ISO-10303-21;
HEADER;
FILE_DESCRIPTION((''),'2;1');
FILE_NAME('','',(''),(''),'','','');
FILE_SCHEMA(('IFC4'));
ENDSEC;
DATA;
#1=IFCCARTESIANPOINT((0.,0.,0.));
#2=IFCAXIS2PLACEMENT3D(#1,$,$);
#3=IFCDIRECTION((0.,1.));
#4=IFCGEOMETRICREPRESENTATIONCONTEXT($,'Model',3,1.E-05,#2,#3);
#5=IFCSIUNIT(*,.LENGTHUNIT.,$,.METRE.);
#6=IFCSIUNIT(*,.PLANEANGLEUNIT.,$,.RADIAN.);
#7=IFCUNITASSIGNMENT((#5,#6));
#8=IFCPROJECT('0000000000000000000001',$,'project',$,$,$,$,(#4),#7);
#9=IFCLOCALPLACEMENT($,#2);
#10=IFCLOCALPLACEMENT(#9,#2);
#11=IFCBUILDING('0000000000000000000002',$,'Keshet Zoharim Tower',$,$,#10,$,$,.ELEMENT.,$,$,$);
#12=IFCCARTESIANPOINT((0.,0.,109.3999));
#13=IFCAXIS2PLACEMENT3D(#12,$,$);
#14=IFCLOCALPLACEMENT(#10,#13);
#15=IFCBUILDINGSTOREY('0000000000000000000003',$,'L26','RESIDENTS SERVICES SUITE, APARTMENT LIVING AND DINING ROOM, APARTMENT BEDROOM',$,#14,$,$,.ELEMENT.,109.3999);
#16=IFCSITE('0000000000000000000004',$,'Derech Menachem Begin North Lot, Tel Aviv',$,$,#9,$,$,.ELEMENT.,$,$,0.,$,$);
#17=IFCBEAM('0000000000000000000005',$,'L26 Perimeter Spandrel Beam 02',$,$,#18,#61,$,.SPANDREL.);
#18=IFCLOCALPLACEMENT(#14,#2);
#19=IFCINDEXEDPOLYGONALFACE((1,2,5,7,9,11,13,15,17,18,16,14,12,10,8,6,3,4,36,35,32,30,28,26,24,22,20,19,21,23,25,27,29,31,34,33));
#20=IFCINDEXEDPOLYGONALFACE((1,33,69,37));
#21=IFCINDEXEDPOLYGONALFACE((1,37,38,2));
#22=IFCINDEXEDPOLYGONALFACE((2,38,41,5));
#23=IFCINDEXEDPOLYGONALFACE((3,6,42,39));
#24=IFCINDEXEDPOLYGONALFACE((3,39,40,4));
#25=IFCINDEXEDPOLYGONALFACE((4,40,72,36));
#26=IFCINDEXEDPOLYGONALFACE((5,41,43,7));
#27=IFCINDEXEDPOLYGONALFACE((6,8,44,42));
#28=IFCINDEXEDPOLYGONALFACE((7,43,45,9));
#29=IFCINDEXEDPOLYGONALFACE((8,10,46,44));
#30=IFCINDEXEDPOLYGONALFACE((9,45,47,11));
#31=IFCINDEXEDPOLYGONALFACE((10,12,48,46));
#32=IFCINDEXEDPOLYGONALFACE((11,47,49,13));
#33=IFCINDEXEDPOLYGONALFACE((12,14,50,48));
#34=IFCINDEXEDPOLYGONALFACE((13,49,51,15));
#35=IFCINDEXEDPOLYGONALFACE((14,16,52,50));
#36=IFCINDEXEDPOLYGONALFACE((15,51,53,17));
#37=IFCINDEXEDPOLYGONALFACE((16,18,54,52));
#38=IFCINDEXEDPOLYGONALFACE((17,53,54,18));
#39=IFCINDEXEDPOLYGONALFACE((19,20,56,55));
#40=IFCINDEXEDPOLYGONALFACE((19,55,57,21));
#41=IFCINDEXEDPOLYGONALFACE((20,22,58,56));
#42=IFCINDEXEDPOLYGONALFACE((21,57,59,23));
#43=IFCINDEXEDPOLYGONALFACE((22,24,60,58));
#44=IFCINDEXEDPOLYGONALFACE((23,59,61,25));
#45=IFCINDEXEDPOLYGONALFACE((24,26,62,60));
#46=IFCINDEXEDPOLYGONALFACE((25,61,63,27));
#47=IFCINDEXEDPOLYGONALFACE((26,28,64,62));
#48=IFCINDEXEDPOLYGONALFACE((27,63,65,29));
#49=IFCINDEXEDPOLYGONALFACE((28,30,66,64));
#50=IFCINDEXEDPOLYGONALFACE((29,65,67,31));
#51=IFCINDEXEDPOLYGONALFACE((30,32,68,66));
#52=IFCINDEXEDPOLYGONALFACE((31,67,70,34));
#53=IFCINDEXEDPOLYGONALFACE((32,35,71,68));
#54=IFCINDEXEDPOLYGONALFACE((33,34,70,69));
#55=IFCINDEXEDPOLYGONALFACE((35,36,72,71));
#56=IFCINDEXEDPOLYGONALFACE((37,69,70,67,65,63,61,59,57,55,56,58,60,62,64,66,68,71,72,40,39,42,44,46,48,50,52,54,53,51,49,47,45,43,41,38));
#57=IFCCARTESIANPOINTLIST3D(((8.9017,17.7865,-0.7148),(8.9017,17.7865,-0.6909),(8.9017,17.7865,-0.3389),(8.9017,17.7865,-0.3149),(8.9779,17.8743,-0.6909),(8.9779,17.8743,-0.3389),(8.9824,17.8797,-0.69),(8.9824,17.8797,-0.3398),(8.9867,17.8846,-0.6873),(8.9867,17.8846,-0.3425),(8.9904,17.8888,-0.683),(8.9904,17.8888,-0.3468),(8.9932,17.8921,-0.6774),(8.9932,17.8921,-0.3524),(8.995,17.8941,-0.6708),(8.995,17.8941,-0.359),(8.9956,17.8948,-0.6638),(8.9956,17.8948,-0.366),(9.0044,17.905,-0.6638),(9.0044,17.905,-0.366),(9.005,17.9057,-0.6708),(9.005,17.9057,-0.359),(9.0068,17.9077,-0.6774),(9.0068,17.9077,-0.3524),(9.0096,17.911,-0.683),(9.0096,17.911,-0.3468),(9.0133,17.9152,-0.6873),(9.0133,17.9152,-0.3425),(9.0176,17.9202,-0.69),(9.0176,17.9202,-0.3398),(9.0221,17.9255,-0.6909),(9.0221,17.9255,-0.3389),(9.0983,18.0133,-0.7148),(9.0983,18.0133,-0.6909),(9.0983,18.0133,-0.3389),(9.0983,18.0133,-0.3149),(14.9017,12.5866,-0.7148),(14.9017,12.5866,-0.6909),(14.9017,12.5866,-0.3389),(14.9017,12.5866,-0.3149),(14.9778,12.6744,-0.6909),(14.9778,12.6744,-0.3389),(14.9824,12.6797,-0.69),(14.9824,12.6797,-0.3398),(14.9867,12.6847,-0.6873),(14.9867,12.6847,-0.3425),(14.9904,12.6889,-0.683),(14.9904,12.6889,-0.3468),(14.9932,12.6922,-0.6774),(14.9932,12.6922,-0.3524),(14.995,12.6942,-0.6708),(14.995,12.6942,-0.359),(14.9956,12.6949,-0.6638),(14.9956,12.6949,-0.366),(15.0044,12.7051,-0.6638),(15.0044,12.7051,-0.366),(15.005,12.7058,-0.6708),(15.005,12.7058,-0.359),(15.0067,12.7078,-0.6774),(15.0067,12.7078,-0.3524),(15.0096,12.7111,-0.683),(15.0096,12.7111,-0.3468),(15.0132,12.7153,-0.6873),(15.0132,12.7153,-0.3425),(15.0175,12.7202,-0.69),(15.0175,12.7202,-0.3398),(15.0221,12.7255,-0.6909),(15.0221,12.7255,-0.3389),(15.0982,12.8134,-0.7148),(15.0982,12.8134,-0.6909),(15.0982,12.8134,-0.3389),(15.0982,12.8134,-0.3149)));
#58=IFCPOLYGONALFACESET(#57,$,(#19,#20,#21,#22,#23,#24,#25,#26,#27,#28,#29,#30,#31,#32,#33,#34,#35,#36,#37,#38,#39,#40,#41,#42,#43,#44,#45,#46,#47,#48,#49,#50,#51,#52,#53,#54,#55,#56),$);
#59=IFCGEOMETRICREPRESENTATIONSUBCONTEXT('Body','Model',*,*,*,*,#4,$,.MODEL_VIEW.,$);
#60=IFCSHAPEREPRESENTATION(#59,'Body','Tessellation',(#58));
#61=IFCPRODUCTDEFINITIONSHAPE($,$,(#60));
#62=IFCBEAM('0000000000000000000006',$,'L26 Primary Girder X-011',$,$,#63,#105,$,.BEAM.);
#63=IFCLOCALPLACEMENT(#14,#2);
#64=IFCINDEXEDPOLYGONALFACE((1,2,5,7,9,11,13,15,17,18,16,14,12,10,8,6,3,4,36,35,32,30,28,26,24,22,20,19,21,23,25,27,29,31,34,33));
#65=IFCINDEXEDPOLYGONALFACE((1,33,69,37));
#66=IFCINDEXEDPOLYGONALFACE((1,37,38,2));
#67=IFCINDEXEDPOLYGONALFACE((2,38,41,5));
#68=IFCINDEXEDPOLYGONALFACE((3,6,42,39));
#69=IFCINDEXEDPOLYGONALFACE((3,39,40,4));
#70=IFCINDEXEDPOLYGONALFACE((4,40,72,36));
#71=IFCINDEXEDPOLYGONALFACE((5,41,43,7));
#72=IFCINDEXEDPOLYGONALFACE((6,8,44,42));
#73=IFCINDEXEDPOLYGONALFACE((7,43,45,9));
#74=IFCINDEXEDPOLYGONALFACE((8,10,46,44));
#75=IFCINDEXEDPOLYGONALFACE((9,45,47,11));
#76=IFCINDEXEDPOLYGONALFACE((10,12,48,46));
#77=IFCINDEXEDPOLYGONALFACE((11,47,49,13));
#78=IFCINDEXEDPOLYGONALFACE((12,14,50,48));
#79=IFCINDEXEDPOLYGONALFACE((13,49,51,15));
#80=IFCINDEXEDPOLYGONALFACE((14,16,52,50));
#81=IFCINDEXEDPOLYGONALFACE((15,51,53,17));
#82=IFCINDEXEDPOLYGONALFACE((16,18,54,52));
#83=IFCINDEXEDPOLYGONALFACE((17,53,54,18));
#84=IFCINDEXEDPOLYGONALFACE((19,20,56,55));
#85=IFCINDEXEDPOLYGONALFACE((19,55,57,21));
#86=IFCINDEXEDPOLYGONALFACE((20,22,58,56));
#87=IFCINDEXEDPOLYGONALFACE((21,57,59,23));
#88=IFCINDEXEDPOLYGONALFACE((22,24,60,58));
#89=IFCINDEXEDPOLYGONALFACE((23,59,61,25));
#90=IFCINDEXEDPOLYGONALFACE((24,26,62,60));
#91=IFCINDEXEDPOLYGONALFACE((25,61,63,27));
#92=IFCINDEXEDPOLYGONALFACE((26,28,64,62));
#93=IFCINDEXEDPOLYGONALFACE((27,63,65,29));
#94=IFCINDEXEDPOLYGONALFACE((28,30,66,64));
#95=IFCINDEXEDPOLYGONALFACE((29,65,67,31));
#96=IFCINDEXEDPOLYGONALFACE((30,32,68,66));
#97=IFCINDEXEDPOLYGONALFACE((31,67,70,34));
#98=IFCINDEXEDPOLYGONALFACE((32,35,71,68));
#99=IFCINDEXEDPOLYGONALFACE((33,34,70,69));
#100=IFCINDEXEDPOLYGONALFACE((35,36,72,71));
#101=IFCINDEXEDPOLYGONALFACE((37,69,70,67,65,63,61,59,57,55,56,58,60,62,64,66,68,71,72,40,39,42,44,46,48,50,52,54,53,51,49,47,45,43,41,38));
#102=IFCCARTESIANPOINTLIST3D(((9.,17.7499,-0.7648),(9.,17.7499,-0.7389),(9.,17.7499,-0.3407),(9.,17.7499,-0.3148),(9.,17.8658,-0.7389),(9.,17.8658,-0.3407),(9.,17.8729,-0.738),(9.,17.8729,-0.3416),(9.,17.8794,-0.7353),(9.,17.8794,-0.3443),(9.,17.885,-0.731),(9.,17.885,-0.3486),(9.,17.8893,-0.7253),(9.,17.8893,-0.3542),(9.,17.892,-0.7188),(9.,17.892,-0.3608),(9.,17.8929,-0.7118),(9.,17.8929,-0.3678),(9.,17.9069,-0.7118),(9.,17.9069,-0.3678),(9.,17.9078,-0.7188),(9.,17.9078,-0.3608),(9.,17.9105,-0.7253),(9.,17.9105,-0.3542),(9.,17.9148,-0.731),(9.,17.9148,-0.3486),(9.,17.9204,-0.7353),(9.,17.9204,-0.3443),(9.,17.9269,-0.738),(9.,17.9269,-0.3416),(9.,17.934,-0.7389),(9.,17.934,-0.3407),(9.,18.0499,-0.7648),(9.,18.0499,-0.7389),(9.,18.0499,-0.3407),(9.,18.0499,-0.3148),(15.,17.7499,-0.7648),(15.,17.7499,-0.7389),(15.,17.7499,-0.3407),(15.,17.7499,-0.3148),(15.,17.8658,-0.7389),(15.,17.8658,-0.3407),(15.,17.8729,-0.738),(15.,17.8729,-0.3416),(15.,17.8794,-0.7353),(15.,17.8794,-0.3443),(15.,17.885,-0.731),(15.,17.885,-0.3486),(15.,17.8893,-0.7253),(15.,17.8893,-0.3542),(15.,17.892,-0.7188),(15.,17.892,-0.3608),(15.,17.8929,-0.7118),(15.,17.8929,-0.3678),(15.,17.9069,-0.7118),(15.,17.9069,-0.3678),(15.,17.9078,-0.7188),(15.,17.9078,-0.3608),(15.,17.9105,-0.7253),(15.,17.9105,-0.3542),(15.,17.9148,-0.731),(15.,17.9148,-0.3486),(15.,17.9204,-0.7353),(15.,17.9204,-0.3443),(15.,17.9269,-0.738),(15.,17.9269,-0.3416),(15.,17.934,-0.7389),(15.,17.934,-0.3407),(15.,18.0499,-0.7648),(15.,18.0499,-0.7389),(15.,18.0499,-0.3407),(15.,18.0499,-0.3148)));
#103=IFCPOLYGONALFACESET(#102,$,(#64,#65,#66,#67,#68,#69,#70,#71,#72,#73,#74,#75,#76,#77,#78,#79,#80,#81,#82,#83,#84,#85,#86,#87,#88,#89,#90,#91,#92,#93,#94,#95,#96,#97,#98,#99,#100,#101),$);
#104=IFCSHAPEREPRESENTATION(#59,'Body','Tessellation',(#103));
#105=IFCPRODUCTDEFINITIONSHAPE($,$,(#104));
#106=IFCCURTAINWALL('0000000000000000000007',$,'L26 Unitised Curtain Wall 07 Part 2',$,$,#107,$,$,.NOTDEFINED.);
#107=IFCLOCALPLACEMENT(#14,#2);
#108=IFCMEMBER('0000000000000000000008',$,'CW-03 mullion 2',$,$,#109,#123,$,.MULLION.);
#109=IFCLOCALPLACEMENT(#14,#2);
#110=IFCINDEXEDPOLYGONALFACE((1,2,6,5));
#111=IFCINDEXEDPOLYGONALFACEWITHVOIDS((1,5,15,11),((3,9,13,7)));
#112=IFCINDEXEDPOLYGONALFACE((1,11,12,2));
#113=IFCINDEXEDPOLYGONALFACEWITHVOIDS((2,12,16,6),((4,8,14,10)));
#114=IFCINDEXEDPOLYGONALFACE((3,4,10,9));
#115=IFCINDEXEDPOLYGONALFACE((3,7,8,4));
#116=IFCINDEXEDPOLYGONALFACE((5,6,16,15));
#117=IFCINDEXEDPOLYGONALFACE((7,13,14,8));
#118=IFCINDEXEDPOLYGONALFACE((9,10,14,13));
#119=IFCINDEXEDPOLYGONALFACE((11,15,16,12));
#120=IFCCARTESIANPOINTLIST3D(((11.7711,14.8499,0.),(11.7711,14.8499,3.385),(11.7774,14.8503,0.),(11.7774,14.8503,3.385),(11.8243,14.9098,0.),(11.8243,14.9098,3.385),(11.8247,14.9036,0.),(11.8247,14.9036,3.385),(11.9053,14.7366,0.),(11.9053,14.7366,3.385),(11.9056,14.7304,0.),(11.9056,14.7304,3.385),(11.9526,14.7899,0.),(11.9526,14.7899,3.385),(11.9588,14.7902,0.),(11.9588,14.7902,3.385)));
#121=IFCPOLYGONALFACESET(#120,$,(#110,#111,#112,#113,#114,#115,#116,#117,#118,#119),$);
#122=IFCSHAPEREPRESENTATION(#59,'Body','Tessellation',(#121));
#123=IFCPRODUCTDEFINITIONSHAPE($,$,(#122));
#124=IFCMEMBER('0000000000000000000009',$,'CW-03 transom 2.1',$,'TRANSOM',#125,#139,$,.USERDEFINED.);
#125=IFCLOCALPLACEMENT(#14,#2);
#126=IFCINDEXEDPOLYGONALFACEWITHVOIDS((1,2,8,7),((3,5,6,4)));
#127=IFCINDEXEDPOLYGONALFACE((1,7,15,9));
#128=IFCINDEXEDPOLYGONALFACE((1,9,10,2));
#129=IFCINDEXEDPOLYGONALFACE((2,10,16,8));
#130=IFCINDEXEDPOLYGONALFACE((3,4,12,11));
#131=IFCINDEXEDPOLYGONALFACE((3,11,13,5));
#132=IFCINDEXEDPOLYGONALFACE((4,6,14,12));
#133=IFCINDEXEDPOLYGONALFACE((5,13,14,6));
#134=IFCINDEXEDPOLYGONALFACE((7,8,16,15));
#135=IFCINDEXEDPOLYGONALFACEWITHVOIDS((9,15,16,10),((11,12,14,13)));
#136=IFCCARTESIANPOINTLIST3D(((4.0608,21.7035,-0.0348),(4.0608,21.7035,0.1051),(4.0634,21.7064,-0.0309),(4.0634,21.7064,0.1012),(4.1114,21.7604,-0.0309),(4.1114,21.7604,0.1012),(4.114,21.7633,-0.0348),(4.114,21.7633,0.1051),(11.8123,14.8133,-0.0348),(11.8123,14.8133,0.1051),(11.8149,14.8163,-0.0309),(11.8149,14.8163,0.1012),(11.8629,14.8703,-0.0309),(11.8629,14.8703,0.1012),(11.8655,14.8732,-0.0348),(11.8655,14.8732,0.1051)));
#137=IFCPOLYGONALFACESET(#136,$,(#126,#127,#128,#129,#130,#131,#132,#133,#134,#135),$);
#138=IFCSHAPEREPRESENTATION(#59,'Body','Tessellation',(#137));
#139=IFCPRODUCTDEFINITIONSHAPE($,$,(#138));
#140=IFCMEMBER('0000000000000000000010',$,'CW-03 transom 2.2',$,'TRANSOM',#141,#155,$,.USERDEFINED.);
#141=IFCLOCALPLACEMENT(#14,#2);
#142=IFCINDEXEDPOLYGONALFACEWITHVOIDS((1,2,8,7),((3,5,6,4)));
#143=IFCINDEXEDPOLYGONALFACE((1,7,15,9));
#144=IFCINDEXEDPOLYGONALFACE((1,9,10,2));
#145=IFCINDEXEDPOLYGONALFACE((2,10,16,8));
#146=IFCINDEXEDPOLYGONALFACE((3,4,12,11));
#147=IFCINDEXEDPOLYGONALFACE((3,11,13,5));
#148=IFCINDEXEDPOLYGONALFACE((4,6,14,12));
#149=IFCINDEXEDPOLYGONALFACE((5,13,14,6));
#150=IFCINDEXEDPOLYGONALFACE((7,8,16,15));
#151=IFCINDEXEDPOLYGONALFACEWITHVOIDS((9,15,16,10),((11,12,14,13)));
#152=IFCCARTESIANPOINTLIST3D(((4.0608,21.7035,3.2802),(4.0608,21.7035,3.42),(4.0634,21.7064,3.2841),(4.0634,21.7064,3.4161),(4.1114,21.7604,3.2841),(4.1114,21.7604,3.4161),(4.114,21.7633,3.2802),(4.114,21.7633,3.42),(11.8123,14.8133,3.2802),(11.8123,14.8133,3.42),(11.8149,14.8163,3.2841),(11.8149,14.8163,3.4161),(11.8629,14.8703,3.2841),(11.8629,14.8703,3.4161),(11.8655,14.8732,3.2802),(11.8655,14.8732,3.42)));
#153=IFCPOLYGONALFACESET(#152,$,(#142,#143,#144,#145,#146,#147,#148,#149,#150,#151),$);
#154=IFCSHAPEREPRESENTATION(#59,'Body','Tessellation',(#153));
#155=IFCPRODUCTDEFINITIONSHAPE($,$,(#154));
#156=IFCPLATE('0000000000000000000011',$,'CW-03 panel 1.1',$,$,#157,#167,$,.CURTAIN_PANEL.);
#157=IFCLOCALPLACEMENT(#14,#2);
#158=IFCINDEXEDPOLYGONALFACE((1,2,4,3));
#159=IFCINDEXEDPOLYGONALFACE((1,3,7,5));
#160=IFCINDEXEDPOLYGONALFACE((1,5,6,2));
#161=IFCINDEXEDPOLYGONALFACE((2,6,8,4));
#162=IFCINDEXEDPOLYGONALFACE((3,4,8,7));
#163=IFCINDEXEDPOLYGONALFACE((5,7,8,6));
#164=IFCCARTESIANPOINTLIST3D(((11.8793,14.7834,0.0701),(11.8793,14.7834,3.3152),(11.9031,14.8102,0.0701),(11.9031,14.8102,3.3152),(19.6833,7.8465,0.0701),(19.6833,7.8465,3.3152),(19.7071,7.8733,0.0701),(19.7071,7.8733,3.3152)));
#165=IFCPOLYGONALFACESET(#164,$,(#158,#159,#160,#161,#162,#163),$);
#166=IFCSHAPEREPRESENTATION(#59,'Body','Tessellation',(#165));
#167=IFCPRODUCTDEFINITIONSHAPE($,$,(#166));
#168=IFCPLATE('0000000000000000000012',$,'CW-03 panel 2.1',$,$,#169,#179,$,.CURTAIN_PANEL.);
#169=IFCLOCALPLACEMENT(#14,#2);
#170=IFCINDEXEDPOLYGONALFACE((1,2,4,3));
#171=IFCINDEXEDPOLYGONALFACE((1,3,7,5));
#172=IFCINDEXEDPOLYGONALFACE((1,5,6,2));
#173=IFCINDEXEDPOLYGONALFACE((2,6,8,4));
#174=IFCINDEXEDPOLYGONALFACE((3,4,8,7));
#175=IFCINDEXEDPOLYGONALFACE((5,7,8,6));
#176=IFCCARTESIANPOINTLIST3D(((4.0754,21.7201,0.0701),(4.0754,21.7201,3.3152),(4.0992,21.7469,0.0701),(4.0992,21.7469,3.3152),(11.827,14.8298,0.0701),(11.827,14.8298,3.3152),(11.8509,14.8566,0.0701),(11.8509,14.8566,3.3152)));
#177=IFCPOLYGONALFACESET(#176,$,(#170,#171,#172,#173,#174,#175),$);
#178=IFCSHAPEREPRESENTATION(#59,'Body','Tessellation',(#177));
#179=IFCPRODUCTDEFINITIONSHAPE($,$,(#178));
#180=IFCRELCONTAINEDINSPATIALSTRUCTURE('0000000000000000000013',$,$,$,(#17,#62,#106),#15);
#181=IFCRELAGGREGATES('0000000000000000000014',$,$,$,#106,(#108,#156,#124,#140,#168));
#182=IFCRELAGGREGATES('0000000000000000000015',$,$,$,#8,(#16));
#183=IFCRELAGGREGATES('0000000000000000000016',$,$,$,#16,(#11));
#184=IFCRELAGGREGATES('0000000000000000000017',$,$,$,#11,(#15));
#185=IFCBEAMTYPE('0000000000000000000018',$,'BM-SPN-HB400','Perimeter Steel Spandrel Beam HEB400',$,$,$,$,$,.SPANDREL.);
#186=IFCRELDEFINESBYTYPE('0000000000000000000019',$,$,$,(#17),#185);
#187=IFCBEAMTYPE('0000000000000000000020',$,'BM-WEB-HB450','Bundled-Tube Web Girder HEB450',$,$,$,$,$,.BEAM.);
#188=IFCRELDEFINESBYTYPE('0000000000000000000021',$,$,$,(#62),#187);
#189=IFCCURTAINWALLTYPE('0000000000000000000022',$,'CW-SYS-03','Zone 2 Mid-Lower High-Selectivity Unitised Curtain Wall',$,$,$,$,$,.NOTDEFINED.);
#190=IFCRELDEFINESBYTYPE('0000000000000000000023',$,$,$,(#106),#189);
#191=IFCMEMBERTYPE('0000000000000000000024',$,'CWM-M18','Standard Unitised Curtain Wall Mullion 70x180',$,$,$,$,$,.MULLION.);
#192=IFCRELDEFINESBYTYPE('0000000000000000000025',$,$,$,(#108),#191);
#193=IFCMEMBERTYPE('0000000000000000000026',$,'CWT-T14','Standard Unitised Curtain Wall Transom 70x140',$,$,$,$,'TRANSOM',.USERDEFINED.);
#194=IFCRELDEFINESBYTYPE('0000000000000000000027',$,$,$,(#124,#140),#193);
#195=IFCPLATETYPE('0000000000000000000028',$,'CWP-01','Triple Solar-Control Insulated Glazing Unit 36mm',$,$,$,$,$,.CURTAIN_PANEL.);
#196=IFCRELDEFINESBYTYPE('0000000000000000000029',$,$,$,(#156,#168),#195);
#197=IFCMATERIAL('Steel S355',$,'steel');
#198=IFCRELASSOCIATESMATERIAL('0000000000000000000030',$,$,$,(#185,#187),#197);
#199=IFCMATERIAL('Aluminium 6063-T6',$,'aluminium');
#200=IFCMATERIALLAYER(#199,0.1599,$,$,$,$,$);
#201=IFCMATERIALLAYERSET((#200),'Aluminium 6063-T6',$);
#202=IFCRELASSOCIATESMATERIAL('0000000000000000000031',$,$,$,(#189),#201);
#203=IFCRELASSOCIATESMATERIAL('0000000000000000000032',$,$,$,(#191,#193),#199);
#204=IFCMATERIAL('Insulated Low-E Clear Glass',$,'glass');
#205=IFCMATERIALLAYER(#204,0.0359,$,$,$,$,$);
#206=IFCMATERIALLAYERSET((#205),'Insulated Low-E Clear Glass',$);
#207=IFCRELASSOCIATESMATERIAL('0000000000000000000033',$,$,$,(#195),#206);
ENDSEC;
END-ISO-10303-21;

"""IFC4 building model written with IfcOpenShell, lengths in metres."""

from ifc_helpers import new_model, si_unit, direction, frame, origin, origin_2d, place, context, subcontext, project, spatial, rectangle, hollow_rectangle, i_section, extrude, material, layer, layer_set, material_profile, profile_set, type_object, element, aggregate, save


model = new_model("IFC4")

# Units and contexts
model_context = context("Model", 3, precision=1e-05, world=origin(), true_north=direction((0.0, 1.0)))
body_context = subcontext(model_context, "Body", "Model", "MODEL_VIEW")
ifc_project = project(units=[si_unit("LENGTHUNIT", "METRE"), si_unit("PLANEANGLEUNIT", "RADIAN")], contexts=[model_context])

# Site, building, storey
site_placement = place(None, origin())
site = spatial("IfcSite", under=ifc_project, at=site_placement, Name="Derech Menachem Begin North Lot, Tel Aviv", CompositionType="ELEMENT", RefElevation=0.0)
building_placement = place(site_placement, origin())
building = spatial("IfcBuilding", under=site, at=building_placement, Name="Keshet Zoharim Tower", CompositionType="ELEMENT")
storey_placement = place(building_placement, frame((0.0, 0.0, 109.3999)))
storey = spatial("IfcBuildingStorey", under=building, at=storey_placement, Name="L26", Description="RESIDENTS SERVICES SUITE, APARTMENT LIVING AND DINING ROOM, APARTMENT BEDROOM", CompositionType="ELEMENT", Elevation=109.3999)

# Shared definitions
ifc_material_1 = material(Name="Steel S355", Category="steel")

# Beams
ifc_material_profile_1 = material_profile(ifc_material_1, i_section(OverallWidth=0.3, OverallDepth=0.3999, WebThickness=0.0134, FlangeThickness=0.0239, FilletRadius=0.0271, at=origin_2d()), Name="HEB400")
ifc_profile_set_1 = profile_set([ifc_material_profile_1], Name="Steel S355")
beam_type_1 = type_object("IfcBeamType", Name="BM-SPN-HB400", Description="Perimeter Steel Spandrel Beam HEB400", PredefinedType="SPANDREL", material=ifc_profile_set_1)
beam_1_placement = place(storey_placement, frame((9.0, 17.8999, -0.5149), z_axis=(0.755692, -0.654927, 0.0), x_axis=(0.654927, 0.755692, 0.0)))
element("IfcBeam", 1, at=beam_1_placement, inside=storey, type_object=beam_type_1, Name="L26 Perimeter Spandrel Beam 02", PredefinedType="SPANDREL", context=body_context, shape_type="SweptSolid", body=[
    extrude(i_section(OverallWidth=0.3, OverallDepth=0.3999, WebThickness=0.0134, FlangeThickness=0.0239, FilletRadius=0.0271, at=origin_2d()), origin(), (0.0, 0.0, 1.0), 7.9397),
])
ifc_material_profile_2 = material_profile(ifc_material_1, i_section(OverallWidth=0.3, OverallDepth=0.45, WebThickness=0.0139, FlangeThickness=0.0259, FilletRadius=0.0271, at=origin_2d()), Name="HEB450")
ifc_profile_set_2 = profile_set([ifc_material_profile_2], Name="Steel S355")
beam_type_2 = type_object("IfcBeamType", Name="BM-WEB-HB450", Description="Bundled-Tube Web Girder HEB450", PredefinedType="BEAM", material=ifc_profile_set_2)
beam_2_placement = place(storey_placement, frame((9.0, 17.8999, -0.5398), z_axis=(1.0, 0.0, 0.0), x_axis=(0.0, 1.0, 0.0)))
element("IfcBeam", 2, at=beam_2_placement, inside=storey, type_object=beam_type_2, Name="L26 Primary Girder X-011", PredefinedType="BEAM", context=body_context, shape_type="SweptSolid", body=[
    extrude(i_section(OverallWidth=0.3, OverallDepth=0.45, WebThickness=0.0139, FlangeThickness=0.0259, FilletRadius=0.0271, at=origin_2d()), origin(), (0.0, 0.0, 1.0), 6.0),
])

# Curtain wall, members, plates
ifc_material_2 = material(Name="Aluminium 6063-T6", Category="aluminium")
ifc_layer_1 = layer(ifc_material_2, 0.1599)
ifc_layer_set_1 = layer_set([ifc_layer_1], Name="Aluminium 6063-T6")
curtain_wall_type = type_object("IfcCurtainWallType", Name="CW-SYS-03", Description="Zone 2 Mid-Lower High-Selectivity Unitised Curtain Wall", PredefinedType="NOTDEFINED", material=ifc_layer_set_1)
curtain_wall_placement = place(storey_placement, origin())
curtain_wall = element("IfcCurtainWall", 3, at=curtain_wall_placement, inside=storey, type_object=curtain_wall_type, Name="L26 Unitised Curtain Wall 07 Part 2", PredefinedType="NOTDEFINED")
ifc_material_profile_3 = material_profile(ifc_material_2, hollow_rectangle(XDim=0.0801, YDim=0.1799, WallThickness=0.0044, at=origin_2d()), Name="MUL-80x180")
ifc_profile_set_3 = profile_set([ifc_material_profile_3], Name="Aluminium 6063-T6")
member_type_1 = type_object("IfcMemberType", Name="CWM-M18", Description="Standard Unitised Curtain Wall Mullion 70x180", PredefinedType="MULLION", material=ifc_profile_set_3)
member_1_placement = place(storey_placement, frame((11.865, 14.8201, 0.0), z_axis=(0.0, 0.0, 1.0), x_axis=(-0.664362, -0.747411, 0.0)))
member_1 = element("IfcMember", 4, at=member_1_placement, type_object=member_type_1, Name="CW-03 mullion 2", PredefinedType="MULLION", context=body_context, shape_type="SweptSolid", body=[
    extrude(hollow_rectangle(XDim=0.0801, YDim=0.1799, WallThickness=0.0044, at=origin_2d()), origin(), (0.0, 0.0, 1.0), 3.385),
])
ifc_material_profile_4 = material_profile(ifc_material_2, hollow_rectangle(XDim=0.0801, YDim=0.1399, WallThickness=0.0039, at=origin_2d()), Name="TRN-80x140")
ifc_profile_set_4 = profile_set([ifc_material_profile_4], Name="Aluminium 6063-T6")
member_type_2 = type_object("IfcMemberType", Name="CWT-T14", Description="Standard Unitised Curtain Wall Transom 70x140", ElementType="TRANSOM", PredefinedType="USERDEFINED", material=ifc_profile_set_4)
member_2_placement = place(storey_placement, frame((11.8389, 14.8433, 0.0352), z_axis=(-0.747412, 0.664361, 0.0), x_axis=(-0.664361, -0.747412, 0.0)))
member_2 = element("IfcMember", 5, at=member_2_placement, type_object=member_type_2, Name="CW-03 transom 2.1", ObjectType="TRANSOM", PredefinedType="USERDEFINED", context=body_context, shape_type="SweptSolid", body=[
    extrude(hollow_rectangle(XDim=0.0801, YDim=0.1399, WallThickness=0.0039, at=origin_2d()), origin(), (0.0, 0.0, 1.0), 10.3711),
])
member_3_placement = place(storey_placement, frame((11.8389, 14.8433, 3.3501), z_axis=(-0.747412, 0.664361, 0.0), x_axis=(-0.664361, -0.747412, 0.0)))
member_3 = element("IfcMember", 6, at=member_3_placement, type_object=member_type_2, Name="CW-03 transom 2.2", ObjectType="TRANSOM", PredefinedType="USERDEFINED", context=body_context, shape_type="SweptSolid", body=[
    extrude(hollow_rectangle(XDim=0.0801, YDim=0.1399, WallThickness=0.0039, at=origin_2d()), origin(), (0.0, 0.0, 1.0), 10.3711),
])
ifc_material_3 = material(Name="Insulated Low-E Clear Glass", Category="glass")
ifc_layer_2 = layer(ifc_material_3, 0.0359)
ifc_layer_set_2 = layer_set([ifc_layer_2], Name="Insulated Low-E Clear Glass")
plate_type = type_object("IfcPlateType", Name="CWP-01", Description="Triple Solar-Control Insulated Glazing Unit 36mm", PredefinedType="CURTAIN_PANEL", material=ifc_layer_set_2)
plate_1_placement = place(storey_placement, frame((15.7932, 11.3284, 0.0701), z_axis=(0.0, 0.0, 1.0), x_axis=(-0.747411, 0.664362, 0.0)))
plate_1 = element("IfcPlate", 7, at=plate_1_placement, type_object=plate_type, Name="CW-03 panel 1.1", PredefinedType="CURTAIN_PANEL", context=body_context, shape_type="SweptSolid", body=[
    extrude(rectangle(XDim=10.4414, YDim=0.0359, at=origin_2d()), origin(), (0.0, 0.0, 1.0), 3.2451),
])
plate_2_placement = place(storey_placement, frame((7.9631, 18.2883, 0.0701), z_axis=(0.0, 0.0, 1.0), x_axis=(-0.747411, 0.664362, 0.0)))
plate_2 = element("IfcPlate", 8, at=plate_2_placement, type_object=plate_type, Name="CW-03 panel 2.1", PredefinedType="CURTAIN_PANEL", context=body_context, shape_type="SweptSolid", body=[
    extrude(rectangle(XDim=10.3713, YDim=0.0359, at=origin_2d()), origin(), (0.0, 0.0, 1.0), 3.2451),
])
aggregate(curtain_wall, [member_1, plate_1, member_2, member_3, plate_2])

save(model, "model.ifc")
